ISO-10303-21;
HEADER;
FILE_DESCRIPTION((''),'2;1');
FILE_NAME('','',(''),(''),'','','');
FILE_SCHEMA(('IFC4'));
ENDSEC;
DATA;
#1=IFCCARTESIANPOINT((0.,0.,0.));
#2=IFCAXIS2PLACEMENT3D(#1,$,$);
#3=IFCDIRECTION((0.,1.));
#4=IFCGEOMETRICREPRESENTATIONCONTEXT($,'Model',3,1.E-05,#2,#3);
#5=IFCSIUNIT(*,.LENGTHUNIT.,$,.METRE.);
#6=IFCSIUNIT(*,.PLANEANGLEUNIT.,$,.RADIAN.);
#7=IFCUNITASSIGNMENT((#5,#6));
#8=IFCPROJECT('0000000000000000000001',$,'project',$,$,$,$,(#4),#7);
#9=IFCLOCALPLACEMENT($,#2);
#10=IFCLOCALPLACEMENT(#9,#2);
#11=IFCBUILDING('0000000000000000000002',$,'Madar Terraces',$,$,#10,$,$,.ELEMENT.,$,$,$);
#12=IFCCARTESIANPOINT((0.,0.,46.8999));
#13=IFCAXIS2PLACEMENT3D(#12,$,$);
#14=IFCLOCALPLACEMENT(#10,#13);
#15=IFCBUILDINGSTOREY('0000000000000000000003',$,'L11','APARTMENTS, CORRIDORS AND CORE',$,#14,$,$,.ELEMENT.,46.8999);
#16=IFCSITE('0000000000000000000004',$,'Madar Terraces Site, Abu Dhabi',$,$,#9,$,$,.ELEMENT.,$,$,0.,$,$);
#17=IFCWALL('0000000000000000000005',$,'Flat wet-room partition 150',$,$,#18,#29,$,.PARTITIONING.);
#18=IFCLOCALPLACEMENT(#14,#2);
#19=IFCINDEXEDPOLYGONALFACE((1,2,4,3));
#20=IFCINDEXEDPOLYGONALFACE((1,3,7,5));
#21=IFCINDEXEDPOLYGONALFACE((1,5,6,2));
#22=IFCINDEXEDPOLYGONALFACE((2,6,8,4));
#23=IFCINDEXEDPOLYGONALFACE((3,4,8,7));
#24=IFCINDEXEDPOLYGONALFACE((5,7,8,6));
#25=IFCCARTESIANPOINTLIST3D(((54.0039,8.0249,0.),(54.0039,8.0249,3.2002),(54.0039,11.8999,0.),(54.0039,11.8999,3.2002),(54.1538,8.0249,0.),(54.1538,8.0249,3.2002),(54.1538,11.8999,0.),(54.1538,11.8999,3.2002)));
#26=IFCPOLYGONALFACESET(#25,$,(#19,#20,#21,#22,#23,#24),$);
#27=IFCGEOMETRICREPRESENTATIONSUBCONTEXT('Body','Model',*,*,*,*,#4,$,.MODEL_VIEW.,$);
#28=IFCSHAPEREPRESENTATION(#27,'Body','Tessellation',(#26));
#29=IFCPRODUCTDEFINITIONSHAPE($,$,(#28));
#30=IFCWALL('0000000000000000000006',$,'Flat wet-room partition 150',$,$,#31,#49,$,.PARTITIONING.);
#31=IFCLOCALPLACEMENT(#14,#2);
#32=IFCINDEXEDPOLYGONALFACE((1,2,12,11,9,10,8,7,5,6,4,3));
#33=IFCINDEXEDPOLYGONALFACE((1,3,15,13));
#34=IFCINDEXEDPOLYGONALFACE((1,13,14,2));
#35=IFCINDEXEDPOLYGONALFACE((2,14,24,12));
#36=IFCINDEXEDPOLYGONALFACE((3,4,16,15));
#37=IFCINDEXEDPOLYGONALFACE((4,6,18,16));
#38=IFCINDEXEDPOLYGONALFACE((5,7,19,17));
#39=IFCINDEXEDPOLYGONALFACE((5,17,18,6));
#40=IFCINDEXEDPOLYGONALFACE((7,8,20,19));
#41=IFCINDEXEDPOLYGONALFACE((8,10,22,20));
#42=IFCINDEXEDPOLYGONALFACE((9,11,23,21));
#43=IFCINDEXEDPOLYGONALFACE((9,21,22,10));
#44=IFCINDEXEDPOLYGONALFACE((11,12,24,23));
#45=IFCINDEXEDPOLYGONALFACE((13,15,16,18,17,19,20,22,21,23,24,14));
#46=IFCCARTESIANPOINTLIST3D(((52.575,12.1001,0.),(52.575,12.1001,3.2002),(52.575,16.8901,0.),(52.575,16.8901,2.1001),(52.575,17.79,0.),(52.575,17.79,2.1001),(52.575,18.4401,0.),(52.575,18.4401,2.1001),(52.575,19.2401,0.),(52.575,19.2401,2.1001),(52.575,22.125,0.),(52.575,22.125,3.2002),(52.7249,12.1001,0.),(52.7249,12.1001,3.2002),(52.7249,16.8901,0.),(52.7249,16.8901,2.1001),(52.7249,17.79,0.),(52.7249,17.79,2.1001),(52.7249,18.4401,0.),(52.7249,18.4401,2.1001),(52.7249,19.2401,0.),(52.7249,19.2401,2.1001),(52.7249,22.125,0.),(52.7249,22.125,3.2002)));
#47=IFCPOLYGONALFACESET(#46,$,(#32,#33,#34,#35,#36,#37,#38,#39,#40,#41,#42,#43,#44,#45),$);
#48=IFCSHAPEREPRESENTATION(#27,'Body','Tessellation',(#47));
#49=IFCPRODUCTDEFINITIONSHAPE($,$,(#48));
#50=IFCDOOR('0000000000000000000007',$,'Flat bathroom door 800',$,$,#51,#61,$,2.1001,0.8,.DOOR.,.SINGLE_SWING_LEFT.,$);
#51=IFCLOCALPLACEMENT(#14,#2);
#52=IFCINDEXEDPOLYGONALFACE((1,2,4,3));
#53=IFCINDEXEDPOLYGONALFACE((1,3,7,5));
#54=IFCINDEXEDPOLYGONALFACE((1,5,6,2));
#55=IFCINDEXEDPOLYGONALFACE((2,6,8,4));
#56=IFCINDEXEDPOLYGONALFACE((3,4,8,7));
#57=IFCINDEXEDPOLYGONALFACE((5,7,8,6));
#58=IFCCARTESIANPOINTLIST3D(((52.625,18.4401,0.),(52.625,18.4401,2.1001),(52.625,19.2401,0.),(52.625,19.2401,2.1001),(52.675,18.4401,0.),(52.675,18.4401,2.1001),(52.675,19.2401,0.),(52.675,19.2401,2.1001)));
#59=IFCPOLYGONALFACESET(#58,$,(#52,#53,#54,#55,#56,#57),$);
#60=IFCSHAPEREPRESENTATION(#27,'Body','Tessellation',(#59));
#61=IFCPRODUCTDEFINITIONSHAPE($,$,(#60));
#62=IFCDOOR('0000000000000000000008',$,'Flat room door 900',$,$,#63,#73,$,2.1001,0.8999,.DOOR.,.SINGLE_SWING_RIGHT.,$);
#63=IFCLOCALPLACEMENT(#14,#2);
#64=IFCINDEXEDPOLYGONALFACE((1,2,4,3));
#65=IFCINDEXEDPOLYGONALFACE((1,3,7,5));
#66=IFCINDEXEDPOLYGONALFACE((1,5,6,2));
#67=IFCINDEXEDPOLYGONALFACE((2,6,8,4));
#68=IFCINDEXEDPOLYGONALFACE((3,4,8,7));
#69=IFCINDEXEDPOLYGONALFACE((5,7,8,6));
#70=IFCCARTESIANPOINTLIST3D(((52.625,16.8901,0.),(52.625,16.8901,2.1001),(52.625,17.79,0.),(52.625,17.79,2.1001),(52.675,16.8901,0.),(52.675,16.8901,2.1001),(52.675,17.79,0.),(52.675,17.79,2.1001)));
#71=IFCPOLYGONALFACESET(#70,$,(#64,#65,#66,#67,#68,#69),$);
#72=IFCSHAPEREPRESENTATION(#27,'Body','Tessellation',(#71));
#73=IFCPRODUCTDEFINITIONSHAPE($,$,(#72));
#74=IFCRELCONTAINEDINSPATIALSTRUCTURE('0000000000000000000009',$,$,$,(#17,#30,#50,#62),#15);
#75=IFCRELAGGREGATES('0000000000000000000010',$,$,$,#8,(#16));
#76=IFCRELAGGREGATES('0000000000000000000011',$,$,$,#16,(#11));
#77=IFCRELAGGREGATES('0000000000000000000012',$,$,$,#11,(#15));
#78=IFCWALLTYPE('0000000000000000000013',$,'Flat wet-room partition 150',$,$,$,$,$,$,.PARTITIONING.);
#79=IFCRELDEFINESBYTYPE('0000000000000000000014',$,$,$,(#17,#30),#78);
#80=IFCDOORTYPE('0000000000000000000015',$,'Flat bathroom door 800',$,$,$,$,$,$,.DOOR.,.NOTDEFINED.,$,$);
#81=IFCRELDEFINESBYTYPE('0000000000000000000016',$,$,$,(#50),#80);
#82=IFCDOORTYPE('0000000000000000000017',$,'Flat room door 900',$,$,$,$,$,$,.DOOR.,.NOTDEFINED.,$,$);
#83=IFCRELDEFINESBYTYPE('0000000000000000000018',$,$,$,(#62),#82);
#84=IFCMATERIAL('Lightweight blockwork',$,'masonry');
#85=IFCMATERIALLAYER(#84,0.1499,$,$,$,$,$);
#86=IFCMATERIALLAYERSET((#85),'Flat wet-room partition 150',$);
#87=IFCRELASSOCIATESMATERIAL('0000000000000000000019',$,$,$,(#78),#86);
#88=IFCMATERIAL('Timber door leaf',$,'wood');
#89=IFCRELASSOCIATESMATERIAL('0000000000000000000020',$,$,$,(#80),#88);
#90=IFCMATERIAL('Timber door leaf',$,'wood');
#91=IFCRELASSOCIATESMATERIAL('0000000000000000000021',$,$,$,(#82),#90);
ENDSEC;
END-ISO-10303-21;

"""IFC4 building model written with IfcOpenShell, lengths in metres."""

from ifc_helpers import new_model, si_unit, direction, frame, frame_2d, origin, place, context, subcontext, project, spatial, rectangle, extrude, material, layer, layer_set, type_object, element, fill, save


model = new_model("IFC4")

# Units and contexts
model_context = context("Model", 3, precision=1e-05, world=origin(), true_north=direction((0.0, 1.0)))
body_context = subcontext(model_context, "Body", "Model", "MODEL_VIEW")
ifc_project = project(units=[si_unit("LENGTHUNIT", "METRE"), si_unit("PLANEANGLEUNIT", "RADIAN")], contexts=[model_context])

# Site, building, storey
site_placement = place(None, origin())
site = spatial("IfcSite", under=ifc_project, at=site_placement, Name="Madar Terraces Site, Abu Dhabi", CompositionType="ELEMENT", RefElevation=0.0)
building_placement = place(site_placement, origin())
building = spatial("IfcBuilding", under=site, at=building_placement, Name="Madar Terraces", CompositionType="ELEMENT")
storey_placement = place(building_placement, frame((0.0, 0.0, 46.8999)))
storey = spatial("IfcBuildingStorey", under=building, at=storey_placement, Name="L11", Description="APARTMENTS, CORRIDORS AND CORE", CompositionType="ELEMENT", Elevation=46.8999)

# Wall
ifc_material_1 = material(Name="Lightweight blockwork", Category="masonry")
ifc_layer_1 = layer(ifc_material_1, 0.1499)
ifc_layer_set_1 = layer_set([ifc_layer_1], Name="Flat wet-room partition 150")
wall_type_1 = type_object("IfcWallType", Name="Flat wet-room partition 150", PredefinedType="PARTITIONING", material=ifc_layer_set_1)
for number, where, z_axis, x_axis, name in (
    (1, (54.0789, 11.8999, 0.0), (0.0, 0.0, 1.0), (0.0, -1.0, 0.0), "Flat wet-room partition 150"),
):
    element("IfcWall", number, at=place(storey_placement, frame(where, z_axis=z_axis, x_axis=x_axis)), inside=storey, type_object=wall_type_1, Name=name, PredefinedType="PARTITIONING", context=body_context, shape_type="SweptSolid", body=[
        extrude(rectangle(XDim=3.875, YDim=0.1499, at=frame_2d((1.9375, 0.0))), origin(), (0.0, 0.0, 1.0), 3.2002),
    ])

# Wall, openings, doors
wall_1_placement = place(storey_placement, frame((52.6499, 12.1001, 0.0), z_axis=(0.0, 0.0, 1.0), x_axis=(0.0, 1.0, 0.0)))
wall_1 = element("IfcWall", 2, at=wall_1_placement, inside=storey, type_object=wall_type_1, Name="Flat wet-room partition 150", PredefinedType="PARTITIONING", context=body_context, shape_type="SweptSolid", body=[
    extrude(rectangle(XDim=10.0249, YDim=0.1499, at=frame_2d((5.0125, 0.0))), origin(), (0.0, 0.0, 1.0), 3.2002),
])
opening_1_placement = place(wall_1_placement, frame((6.3401, 0.0, 0.0)))
opening_1 = element("IfcOpeningElement", 3, at=opening_1_placement, cuts=wall_1, PredefinedType="OPENING", context=body_context, shape_type="SweptSolid", body=[
    extrude(rectangle(XDim=0.8, YDim=2.1001, at=frame_2d((0.3999, 1.05))), frame((0.0, 0.085, 0.0), z_axis=(0.0, -1.0, 0.0), x_axis=(1.0, 0.0, 0.0)), (0.0, 0.0, 1.0), 0.1699),
])
opening_2_placement = place(wall_1_placement, frame((4.79, 0.0, 0.0)))
opening_2 = element("IfcOpeningElement", 4, at=opening_2_placement, cuts=wall_1, PredefinedType="OPENING", context=body_context, shape_type="SweptSolid", body=[
    extrude(rectangle(XDim=0.8999, YDim=2.1001, at=frame_2d((0.45, 1.05))), frame((0.0, 0.085, 0.0), z_axis=(0.0, -1.0, 0.0), x_axis=(1.0, 0.0, 0.0)), (0.0, 0.0, 1.0), 0.1699),
])
ifc_material_2 = material(Name="Timber door leaf", Category="wood")
door_type_1 = type_object("IfcDoorType", Name="Flat bathroom door 800", OperationType="NOTDEFINED", PredefinedType="DOOR", material=ifc_material_2)
door_1_placement = place(opening_1_placement, origin())
door_1 = element("IfcDoor", 5, at=door_1_placement, inside=storey, type_object=door_type_1, Name="Flat bathroom door 800", OperationType="SINGLE_SWING_LEFT", OverallHeight=2.1001, OverallWidth=0.8, PredefinedType="DOOR", context=body_context, shape_type="SweptSolid", body=[
    extrude(rectangle(XDim=0.8, YDim=2.1001, at=frame_2d((0.3999, 1.05))), frame((0.0, 0.0249, 0.0), z_axis=(0.0, -1.0, 0.0), x_axis=(1.0, 0.0, 0.0)), (0.0, 0.0, 1.0), 0.05),
])
fill(opening_1, door_1)
ifc_material_3 = material(Name="Timber door leaf", Category="wood")
door_type_2 = type_object("IfcDoorType", Name="Flat room door 900", OperationType="NOTDEFINED", PredefinedType="DOOR", material=ifc_material_3)
door_2_placement = place(opening_2_placement, origin())
door_2 = element("IfcDoor", 6, at=door_2_placement, inside=storey, type_object=door_type_2, Name="Flat room door 900", OperationType="SINGLE_SWING_RIGHT", OverallHeight=2.1001, OverallWidth=0.8999, PredefinedType="DOOR", context=body_context, shape_type="SweptSolid", body=[
    extrude(rectangle(XDim=0.8999, YDim=2.1001, at=frame_2d((0.45, 1.05))), frame((0.0, 0.0249, 0.0), z_axis=(0.0, -1.0, 0.0), x_axis=(1.0, 0.0, 0.0)), (0.0, 0.0, 1.0), 0.05),
])
fill(opening_2, door_2)

save(model, "model.ifc")
